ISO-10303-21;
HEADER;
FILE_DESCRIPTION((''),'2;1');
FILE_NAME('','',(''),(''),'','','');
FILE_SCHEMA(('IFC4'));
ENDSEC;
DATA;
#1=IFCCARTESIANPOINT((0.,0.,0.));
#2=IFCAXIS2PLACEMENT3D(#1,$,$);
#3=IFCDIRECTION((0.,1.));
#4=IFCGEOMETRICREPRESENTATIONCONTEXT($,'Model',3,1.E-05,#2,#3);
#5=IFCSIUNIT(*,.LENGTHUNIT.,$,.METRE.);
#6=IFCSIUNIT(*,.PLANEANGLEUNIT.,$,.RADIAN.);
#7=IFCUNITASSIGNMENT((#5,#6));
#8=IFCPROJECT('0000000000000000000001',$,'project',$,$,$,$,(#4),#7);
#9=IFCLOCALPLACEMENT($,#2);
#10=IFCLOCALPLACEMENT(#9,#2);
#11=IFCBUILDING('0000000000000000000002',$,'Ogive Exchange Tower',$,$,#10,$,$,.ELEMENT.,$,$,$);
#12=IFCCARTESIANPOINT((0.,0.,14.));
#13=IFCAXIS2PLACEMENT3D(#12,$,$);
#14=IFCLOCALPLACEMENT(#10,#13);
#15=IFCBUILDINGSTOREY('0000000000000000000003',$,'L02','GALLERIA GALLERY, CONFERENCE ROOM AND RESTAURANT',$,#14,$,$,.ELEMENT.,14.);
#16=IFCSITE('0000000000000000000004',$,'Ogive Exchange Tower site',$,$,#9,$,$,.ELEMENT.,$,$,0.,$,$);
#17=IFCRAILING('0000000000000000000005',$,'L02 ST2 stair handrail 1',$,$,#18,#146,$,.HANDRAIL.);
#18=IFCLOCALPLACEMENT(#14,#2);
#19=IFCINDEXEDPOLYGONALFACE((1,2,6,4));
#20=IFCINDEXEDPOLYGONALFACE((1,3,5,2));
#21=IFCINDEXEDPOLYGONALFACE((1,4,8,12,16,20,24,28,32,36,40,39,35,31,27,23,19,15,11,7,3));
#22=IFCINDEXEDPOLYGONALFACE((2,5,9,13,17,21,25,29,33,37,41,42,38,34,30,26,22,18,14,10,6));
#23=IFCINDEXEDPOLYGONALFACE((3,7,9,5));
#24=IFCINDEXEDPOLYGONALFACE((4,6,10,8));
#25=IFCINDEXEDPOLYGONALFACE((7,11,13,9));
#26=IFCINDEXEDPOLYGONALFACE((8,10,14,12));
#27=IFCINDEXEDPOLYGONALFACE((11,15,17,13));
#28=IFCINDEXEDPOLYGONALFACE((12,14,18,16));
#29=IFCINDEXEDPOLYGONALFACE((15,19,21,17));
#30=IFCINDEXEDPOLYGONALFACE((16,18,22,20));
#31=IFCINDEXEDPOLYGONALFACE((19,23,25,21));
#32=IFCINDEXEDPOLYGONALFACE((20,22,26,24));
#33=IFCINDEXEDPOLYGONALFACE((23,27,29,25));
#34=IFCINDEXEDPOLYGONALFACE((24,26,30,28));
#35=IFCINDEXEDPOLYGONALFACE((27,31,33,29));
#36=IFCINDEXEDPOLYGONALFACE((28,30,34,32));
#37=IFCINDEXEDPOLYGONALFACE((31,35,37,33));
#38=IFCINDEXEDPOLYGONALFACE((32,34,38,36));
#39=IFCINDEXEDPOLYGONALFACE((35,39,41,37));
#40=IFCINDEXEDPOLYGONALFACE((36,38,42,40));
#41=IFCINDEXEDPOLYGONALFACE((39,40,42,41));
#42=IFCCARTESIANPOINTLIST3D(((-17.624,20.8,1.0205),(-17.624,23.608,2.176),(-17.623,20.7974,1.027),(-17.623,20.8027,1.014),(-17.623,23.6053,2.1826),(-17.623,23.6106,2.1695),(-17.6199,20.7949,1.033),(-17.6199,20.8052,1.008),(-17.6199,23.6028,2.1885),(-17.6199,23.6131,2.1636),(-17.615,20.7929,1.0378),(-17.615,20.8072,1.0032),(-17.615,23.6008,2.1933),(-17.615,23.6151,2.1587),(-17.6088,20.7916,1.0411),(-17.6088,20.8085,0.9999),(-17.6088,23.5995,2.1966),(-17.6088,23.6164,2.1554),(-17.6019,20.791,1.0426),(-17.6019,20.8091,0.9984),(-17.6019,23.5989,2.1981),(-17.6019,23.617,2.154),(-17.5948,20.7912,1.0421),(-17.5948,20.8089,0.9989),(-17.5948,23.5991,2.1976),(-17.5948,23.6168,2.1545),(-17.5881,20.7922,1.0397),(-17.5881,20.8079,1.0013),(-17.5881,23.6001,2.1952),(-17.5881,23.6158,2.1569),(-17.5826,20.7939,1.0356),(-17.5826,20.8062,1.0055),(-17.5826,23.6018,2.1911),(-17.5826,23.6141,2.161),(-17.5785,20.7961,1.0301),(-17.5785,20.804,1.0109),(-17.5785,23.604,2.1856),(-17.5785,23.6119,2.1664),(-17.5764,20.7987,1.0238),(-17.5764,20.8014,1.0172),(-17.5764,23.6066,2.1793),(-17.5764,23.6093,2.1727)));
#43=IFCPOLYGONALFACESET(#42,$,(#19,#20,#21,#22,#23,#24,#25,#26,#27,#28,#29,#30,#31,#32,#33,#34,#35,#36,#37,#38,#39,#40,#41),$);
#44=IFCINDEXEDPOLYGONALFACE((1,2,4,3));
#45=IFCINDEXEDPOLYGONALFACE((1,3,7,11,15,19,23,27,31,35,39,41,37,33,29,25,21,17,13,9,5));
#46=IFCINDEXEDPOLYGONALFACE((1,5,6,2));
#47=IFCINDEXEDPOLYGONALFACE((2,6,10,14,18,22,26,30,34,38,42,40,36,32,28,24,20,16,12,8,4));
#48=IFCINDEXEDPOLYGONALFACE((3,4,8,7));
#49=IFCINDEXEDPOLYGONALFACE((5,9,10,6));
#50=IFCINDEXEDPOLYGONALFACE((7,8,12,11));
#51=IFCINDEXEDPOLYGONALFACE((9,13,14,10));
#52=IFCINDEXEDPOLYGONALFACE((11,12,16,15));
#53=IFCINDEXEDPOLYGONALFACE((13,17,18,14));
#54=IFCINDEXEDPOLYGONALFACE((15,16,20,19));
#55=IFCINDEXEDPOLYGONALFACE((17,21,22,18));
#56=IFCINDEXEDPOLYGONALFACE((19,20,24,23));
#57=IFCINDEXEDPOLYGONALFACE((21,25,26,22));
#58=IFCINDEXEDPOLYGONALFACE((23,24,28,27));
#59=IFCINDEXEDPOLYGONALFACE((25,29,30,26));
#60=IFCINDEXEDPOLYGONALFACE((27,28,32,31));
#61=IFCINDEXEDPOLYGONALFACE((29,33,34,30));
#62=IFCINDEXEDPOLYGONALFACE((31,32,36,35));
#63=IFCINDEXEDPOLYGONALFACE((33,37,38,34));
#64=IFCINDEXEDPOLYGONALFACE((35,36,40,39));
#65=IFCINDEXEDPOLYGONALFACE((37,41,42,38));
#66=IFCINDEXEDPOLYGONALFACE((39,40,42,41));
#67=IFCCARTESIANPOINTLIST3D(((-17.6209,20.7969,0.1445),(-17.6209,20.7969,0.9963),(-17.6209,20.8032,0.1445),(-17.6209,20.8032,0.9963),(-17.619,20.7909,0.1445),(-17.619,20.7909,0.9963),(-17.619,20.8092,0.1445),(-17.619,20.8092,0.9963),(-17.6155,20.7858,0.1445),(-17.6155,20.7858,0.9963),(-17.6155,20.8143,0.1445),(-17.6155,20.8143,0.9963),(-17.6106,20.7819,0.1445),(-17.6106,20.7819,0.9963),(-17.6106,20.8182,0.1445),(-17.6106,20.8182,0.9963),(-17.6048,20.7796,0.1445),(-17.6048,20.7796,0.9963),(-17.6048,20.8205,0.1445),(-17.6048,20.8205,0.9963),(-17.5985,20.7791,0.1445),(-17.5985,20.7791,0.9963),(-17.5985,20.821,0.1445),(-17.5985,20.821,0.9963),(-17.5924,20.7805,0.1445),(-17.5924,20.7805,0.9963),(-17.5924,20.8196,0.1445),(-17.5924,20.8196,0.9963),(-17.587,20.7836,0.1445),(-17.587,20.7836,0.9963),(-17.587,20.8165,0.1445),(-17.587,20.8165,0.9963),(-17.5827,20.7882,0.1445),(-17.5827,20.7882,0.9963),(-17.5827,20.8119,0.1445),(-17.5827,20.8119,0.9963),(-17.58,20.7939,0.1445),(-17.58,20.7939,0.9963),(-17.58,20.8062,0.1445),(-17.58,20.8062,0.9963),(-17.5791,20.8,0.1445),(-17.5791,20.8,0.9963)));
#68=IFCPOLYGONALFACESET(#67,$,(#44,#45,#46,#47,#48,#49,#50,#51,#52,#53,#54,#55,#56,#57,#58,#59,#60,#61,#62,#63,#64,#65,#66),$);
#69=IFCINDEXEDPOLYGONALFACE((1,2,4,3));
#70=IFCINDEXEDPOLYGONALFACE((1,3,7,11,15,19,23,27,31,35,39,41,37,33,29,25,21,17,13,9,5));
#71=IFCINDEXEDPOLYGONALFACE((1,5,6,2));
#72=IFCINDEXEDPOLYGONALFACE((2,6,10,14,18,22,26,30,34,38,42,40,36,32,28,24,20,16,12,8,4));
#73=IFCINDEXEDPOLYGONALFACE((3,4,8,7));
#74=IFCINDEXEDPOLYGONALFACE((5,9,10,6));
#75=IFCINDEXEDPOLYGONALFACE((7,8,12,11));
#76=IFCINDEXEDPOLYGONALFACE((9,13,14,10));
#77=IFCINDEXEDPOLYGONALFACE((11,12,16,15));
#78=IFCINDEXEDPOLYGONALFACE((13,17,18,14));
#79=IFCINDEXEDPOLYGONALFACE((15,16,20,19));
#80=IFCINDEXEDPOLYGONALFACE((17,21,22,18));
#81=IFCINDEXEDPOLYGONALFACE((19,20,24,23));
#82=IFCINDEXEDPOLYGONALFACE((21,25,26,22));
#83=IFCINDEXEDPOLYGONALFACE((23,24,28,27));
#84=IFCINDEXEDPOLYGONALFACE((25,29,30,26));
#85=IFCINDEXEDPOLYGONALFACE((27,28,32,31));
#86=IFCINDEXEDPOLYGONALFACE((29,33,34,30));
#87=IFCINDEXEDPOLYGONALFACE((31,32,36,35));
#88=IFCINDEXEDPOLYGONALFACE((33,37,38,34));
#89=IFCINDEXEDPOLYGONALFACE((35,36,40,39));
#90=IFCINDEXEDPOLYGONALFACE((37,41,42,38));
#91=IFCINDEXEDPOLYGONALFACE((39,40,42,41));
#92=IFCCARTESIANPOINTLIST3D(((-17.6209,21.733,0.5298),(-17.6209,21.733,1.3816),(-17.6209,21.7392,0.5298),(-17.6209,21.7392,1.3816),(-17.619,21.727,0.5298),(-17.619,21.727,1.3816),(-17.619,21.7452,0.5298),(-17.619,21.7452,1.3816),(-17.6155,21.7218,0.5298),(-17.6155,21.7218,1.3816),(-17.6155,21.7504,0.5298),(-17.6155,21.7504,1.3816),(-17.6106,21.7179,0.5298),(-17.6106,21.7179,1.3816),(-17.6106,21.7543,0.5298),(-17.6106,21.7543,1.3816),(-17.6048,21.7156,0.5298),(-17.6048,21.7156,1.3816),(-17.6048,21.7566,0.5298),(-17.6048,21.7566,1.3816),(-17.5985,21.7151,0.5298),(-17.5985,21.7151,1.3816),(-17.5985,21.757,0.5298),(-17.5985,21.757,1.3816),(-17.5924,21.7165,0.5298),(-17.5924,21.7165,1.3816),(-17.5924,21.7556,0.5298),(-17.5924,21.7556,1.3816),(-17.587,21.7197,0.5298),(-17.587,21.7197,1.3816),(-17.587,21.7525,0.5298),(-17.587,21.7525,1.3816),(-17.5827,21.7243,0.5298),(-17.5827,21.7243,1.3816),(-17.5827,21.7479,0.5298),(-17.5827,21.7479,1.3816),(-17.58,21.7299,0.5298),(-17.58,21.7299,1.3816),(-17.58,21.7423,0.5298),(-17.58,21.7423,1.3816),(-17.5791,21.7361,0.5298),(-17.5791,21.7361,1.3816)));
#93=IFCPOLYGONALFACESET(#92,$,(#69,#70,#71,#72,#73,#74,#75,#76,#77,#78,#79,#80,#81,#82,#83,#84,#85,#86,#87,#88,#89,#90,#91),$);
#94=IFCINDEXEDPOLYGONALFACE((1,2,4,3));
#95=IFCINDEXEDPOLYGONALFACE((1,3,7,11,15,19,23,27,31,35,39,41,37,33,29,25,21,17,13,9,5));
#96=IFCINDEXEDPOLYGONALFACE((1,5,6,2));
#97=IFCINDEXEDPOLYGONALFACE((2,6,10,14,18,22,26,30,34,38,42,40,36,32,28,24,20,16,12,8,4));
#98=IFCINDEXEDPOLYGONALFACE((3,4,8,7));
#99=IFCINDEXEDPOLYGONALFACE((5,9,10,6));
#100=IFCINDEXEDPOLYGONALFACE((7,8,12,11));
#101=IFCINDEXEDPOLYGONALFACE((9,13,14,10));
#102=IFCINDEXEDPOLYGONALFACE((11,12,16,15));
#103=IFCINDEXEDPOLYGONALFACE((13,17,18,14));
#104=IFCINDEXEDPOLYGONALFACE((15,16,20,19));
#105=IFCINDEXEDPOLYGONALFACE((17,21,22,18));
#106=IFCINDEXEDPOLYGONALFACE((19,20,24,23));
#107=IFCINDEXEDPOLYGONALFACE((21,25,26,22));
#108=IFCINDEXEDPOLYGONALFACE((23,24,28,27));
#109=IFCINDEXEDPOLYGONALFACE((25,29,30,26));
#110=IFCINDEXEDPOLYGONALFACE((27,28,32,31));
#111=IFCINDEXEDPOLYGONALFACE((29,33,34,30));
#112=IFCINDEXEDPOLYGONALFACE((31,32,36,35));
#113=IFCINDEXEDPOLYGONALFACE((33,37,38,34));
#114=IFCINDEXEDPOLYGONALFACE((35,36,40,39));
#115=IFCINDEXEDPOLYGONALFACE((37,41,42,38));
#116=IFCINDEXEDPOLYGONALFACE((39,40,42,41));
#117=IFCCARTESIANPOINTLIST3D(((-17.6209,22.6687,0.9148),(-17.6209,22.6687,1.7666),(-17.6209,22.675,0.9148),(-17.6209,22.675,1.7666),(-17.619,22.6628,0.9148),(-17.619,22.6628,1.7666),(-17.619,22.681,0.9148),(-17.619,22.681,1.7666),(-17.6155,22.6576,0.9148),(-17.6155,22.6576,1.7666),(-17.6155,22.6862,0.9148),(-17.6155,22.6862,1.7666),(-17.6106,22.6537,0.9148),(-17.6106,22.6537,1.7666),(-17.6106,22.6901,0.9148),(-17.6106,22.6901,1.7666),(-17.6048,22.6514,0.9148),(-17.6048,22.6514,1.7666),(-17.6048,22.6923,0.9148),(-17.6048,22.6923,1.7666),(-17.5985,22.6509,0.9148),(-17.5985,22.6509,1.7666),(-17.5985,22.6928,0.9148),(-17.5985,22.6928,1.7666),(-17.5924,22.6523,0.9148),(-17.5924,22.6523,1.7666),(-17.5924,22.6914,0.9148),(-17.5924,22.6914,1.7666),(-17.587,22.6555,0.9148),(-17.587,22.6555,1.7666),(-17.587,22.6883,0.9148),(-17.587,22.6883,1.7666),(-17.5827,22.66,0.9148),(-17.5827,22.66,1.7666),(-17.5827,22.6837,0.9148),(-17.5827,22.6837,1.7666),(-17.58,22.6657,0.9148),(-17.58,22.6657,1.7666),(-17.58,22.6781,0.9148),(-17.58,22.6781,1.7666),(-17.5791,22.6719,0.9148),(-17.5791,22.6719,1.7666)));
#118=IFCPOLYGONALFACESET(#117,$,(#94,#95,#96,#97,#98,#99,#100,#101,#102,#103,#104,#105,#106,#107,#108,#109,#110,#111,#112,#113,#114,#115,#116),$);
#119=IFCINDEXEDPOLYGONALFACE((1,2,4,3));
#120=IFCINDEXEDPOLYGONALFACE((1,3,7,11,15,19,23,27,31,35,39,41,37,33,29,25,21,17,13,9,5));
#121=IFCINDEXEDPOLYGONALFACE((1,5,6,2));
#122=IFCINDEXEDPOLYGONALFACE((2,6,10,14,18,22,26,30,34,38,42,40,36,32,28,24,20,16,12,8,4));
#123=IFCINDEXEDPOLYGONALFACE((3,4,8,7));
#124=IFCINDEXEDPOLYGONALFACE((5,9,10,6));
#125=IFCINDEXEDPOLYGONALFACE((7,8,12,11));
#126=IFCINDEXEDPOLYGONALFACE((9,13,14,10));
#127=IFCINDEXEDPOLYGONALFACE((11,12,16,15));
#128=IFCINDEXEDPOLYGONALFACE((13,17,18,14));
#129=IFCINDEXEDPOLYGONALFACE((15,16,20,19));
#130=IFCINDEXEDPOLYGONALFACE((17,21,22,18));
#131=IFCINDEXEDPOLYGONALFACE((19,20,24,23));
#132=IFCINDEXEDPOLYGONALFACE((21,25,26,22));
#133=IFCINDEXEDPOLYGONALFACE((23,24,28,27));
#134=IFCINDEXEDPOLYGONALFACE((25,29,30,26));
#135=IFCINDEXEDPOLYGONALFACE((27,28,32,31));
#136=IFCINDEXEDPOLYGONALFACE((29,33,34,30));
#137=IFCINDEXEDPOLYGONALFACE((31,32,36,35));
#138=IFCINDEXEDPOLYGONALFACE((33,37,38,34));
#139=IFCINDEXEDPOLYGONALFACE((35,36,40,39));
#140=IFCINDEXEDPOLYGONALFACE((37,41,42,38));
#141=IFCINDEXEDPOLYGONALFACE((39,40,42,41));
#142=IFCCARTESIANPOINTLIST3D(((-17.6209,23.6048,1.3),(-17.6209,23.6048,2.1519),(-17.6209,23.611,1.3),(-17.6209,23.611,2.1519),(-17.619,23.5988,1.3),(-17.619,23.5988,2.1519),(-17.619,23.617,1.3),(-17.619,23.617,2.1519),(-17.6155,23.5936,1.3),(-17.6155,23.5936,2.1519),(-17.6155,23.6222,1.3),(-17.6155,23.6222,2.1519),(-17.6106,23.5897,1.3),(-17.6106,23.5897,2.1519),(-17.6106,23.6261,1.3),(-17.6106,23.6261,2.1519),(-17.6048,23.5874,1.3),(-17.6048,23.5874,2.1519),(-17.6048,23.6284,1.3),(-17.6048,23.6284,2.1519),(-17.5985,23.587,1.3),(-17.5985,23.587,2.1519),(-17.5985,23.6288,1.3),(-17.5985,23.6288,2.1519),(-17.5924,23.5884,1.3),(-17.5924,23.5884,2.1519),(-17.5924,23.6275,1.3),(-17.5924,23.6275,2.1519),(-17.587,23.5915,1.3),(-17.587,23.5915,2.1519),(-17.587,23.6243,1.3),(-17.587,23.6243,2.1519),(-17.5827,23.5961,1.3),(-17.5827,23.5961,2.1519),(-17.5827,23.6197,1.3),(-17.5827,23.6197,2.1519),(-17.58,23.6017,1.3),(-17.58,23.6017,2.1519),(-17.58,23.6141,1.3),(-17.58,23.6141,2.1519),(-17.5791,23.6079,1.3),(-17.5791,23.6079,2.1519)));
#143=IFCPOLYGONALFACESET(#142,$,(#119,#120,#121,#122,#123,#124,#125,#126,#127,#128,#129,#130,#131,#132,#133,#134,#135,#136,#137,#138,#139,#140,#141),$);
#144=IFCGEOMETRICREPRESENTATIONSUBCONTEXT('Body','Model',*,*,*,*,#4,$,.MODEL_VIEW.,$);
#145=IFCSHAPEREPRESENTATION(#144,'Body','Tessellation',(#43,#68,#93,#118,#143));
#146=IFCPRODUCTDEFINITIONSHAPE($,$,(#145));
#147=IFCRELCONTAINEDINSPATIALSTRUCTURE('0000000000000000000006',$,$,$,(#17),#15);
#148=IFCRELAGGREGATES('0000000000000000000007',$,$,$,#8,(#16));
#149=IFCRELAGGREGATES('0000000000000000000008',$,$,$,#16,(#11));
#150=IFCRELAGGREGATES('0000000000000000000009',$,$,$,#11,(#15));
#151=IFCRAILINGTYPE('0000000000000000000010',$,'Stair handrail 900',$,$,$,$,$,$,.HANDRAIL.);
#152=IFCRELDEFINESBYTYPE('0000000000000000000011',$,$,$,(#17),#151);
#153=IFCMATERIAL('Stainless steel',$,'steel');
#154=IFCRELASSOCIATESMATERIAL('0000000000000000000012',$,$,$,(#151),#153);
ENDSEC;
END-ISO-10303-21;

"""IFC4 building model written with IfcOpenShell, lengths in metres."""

from ifc_helpers import new_model, si_unit, direction, frame, origin, origin_2d, place, context, subcontext, project, spatial, circle, extrude, material, type_object, element, save


model = new_model("IFC4")

# Units and contexts
model_context = context("Model", 3, precision=1e-05, world=origin(), true_north=direction((0.0, 1.0)))
body_context = subcontext(model_context, "Body", "Model", "MODEL_VIEW")
ifc_project = project(units=[si_unit("LENGTHUNIT", "METRE"), si_unit("PLANEANGLEUNIT", "RADIAN")], contexts=[model_context])

# Site, building, storey
site_placement = place(None, origin())
site = spatial("IfcSite", under=ifc_project, at=site_placement, Name="Ogive Exchange Tower site", CompositionType="ELEMENT", RefElevation=0.0)
building_placement = place(site_placement, origin())
building = spatial("IfcBuilding", under=site, at=building_placement, Name="Ogive Exchange Tower", CompositionType="ELEMENT")
storey_placement = place(building_placement, frame((0.0, 0.0, 14.0)))
storey = spatial("IfcBuildingStorey", under=building, at=storey_placement, Name="L02", Description="GALLERIA GALLERY, CONFERENCE ROOM AND RESTAURANT", CompositionType="ELEMENT", Elevation=14.0)

# Railing
ifc_material_1 = material(Name="Stainless steel", Category="steel")
railing_type = type_object("IfcRailingType", Name="Stair handrail 900", PredefinedType="HANDRAIL", material=ifc_material_1)
railing_1_placement = place(storey_placement, frame((-17.6001, 20.8, 0.1445)))
element("IfcRailing", 1, at=railing_1_placement, inside=storey, type_object=railing_type, Name="L02 ST2 stair handrail 1", PredefinedType="HANDRAIL", context=body_context, shape_type="SweptSolid", body=[
    extrude(circle(Radius=0.0239, at=origin_2d()), frame((0.0, 0.0, 0.876), z_axis=(0.0, 0.924755, 0.380564), x_axis=(-1.0, 0.0, 0.0)), (0.0, 0.0, 1.0), 3.0364),
    extrude(circle(Radius=0.021, at=origin_2d()), origin(), (0.0, 0.0, 1.0), 0.8518),
    extrude(circle(Radius=0.021, at=origin_2d()), frame((0.0, 0.936, 0.3853)), (0.0, 0.0, 1.0), 0.8518),
    extrude(circle(Radius=0.021, at=origin_2d()), frame((0.0, 1.8718, 0.7703)), (0.0, 0.0, 1.0), 0.8518),
    extrude(circle(Radius=0.021, at=origin_2d()), frame((0.0, 2.8079, 1.1555)), (0.0, 0.0, 1.0), 0.8518),
])

save(model, "model.ifc")
